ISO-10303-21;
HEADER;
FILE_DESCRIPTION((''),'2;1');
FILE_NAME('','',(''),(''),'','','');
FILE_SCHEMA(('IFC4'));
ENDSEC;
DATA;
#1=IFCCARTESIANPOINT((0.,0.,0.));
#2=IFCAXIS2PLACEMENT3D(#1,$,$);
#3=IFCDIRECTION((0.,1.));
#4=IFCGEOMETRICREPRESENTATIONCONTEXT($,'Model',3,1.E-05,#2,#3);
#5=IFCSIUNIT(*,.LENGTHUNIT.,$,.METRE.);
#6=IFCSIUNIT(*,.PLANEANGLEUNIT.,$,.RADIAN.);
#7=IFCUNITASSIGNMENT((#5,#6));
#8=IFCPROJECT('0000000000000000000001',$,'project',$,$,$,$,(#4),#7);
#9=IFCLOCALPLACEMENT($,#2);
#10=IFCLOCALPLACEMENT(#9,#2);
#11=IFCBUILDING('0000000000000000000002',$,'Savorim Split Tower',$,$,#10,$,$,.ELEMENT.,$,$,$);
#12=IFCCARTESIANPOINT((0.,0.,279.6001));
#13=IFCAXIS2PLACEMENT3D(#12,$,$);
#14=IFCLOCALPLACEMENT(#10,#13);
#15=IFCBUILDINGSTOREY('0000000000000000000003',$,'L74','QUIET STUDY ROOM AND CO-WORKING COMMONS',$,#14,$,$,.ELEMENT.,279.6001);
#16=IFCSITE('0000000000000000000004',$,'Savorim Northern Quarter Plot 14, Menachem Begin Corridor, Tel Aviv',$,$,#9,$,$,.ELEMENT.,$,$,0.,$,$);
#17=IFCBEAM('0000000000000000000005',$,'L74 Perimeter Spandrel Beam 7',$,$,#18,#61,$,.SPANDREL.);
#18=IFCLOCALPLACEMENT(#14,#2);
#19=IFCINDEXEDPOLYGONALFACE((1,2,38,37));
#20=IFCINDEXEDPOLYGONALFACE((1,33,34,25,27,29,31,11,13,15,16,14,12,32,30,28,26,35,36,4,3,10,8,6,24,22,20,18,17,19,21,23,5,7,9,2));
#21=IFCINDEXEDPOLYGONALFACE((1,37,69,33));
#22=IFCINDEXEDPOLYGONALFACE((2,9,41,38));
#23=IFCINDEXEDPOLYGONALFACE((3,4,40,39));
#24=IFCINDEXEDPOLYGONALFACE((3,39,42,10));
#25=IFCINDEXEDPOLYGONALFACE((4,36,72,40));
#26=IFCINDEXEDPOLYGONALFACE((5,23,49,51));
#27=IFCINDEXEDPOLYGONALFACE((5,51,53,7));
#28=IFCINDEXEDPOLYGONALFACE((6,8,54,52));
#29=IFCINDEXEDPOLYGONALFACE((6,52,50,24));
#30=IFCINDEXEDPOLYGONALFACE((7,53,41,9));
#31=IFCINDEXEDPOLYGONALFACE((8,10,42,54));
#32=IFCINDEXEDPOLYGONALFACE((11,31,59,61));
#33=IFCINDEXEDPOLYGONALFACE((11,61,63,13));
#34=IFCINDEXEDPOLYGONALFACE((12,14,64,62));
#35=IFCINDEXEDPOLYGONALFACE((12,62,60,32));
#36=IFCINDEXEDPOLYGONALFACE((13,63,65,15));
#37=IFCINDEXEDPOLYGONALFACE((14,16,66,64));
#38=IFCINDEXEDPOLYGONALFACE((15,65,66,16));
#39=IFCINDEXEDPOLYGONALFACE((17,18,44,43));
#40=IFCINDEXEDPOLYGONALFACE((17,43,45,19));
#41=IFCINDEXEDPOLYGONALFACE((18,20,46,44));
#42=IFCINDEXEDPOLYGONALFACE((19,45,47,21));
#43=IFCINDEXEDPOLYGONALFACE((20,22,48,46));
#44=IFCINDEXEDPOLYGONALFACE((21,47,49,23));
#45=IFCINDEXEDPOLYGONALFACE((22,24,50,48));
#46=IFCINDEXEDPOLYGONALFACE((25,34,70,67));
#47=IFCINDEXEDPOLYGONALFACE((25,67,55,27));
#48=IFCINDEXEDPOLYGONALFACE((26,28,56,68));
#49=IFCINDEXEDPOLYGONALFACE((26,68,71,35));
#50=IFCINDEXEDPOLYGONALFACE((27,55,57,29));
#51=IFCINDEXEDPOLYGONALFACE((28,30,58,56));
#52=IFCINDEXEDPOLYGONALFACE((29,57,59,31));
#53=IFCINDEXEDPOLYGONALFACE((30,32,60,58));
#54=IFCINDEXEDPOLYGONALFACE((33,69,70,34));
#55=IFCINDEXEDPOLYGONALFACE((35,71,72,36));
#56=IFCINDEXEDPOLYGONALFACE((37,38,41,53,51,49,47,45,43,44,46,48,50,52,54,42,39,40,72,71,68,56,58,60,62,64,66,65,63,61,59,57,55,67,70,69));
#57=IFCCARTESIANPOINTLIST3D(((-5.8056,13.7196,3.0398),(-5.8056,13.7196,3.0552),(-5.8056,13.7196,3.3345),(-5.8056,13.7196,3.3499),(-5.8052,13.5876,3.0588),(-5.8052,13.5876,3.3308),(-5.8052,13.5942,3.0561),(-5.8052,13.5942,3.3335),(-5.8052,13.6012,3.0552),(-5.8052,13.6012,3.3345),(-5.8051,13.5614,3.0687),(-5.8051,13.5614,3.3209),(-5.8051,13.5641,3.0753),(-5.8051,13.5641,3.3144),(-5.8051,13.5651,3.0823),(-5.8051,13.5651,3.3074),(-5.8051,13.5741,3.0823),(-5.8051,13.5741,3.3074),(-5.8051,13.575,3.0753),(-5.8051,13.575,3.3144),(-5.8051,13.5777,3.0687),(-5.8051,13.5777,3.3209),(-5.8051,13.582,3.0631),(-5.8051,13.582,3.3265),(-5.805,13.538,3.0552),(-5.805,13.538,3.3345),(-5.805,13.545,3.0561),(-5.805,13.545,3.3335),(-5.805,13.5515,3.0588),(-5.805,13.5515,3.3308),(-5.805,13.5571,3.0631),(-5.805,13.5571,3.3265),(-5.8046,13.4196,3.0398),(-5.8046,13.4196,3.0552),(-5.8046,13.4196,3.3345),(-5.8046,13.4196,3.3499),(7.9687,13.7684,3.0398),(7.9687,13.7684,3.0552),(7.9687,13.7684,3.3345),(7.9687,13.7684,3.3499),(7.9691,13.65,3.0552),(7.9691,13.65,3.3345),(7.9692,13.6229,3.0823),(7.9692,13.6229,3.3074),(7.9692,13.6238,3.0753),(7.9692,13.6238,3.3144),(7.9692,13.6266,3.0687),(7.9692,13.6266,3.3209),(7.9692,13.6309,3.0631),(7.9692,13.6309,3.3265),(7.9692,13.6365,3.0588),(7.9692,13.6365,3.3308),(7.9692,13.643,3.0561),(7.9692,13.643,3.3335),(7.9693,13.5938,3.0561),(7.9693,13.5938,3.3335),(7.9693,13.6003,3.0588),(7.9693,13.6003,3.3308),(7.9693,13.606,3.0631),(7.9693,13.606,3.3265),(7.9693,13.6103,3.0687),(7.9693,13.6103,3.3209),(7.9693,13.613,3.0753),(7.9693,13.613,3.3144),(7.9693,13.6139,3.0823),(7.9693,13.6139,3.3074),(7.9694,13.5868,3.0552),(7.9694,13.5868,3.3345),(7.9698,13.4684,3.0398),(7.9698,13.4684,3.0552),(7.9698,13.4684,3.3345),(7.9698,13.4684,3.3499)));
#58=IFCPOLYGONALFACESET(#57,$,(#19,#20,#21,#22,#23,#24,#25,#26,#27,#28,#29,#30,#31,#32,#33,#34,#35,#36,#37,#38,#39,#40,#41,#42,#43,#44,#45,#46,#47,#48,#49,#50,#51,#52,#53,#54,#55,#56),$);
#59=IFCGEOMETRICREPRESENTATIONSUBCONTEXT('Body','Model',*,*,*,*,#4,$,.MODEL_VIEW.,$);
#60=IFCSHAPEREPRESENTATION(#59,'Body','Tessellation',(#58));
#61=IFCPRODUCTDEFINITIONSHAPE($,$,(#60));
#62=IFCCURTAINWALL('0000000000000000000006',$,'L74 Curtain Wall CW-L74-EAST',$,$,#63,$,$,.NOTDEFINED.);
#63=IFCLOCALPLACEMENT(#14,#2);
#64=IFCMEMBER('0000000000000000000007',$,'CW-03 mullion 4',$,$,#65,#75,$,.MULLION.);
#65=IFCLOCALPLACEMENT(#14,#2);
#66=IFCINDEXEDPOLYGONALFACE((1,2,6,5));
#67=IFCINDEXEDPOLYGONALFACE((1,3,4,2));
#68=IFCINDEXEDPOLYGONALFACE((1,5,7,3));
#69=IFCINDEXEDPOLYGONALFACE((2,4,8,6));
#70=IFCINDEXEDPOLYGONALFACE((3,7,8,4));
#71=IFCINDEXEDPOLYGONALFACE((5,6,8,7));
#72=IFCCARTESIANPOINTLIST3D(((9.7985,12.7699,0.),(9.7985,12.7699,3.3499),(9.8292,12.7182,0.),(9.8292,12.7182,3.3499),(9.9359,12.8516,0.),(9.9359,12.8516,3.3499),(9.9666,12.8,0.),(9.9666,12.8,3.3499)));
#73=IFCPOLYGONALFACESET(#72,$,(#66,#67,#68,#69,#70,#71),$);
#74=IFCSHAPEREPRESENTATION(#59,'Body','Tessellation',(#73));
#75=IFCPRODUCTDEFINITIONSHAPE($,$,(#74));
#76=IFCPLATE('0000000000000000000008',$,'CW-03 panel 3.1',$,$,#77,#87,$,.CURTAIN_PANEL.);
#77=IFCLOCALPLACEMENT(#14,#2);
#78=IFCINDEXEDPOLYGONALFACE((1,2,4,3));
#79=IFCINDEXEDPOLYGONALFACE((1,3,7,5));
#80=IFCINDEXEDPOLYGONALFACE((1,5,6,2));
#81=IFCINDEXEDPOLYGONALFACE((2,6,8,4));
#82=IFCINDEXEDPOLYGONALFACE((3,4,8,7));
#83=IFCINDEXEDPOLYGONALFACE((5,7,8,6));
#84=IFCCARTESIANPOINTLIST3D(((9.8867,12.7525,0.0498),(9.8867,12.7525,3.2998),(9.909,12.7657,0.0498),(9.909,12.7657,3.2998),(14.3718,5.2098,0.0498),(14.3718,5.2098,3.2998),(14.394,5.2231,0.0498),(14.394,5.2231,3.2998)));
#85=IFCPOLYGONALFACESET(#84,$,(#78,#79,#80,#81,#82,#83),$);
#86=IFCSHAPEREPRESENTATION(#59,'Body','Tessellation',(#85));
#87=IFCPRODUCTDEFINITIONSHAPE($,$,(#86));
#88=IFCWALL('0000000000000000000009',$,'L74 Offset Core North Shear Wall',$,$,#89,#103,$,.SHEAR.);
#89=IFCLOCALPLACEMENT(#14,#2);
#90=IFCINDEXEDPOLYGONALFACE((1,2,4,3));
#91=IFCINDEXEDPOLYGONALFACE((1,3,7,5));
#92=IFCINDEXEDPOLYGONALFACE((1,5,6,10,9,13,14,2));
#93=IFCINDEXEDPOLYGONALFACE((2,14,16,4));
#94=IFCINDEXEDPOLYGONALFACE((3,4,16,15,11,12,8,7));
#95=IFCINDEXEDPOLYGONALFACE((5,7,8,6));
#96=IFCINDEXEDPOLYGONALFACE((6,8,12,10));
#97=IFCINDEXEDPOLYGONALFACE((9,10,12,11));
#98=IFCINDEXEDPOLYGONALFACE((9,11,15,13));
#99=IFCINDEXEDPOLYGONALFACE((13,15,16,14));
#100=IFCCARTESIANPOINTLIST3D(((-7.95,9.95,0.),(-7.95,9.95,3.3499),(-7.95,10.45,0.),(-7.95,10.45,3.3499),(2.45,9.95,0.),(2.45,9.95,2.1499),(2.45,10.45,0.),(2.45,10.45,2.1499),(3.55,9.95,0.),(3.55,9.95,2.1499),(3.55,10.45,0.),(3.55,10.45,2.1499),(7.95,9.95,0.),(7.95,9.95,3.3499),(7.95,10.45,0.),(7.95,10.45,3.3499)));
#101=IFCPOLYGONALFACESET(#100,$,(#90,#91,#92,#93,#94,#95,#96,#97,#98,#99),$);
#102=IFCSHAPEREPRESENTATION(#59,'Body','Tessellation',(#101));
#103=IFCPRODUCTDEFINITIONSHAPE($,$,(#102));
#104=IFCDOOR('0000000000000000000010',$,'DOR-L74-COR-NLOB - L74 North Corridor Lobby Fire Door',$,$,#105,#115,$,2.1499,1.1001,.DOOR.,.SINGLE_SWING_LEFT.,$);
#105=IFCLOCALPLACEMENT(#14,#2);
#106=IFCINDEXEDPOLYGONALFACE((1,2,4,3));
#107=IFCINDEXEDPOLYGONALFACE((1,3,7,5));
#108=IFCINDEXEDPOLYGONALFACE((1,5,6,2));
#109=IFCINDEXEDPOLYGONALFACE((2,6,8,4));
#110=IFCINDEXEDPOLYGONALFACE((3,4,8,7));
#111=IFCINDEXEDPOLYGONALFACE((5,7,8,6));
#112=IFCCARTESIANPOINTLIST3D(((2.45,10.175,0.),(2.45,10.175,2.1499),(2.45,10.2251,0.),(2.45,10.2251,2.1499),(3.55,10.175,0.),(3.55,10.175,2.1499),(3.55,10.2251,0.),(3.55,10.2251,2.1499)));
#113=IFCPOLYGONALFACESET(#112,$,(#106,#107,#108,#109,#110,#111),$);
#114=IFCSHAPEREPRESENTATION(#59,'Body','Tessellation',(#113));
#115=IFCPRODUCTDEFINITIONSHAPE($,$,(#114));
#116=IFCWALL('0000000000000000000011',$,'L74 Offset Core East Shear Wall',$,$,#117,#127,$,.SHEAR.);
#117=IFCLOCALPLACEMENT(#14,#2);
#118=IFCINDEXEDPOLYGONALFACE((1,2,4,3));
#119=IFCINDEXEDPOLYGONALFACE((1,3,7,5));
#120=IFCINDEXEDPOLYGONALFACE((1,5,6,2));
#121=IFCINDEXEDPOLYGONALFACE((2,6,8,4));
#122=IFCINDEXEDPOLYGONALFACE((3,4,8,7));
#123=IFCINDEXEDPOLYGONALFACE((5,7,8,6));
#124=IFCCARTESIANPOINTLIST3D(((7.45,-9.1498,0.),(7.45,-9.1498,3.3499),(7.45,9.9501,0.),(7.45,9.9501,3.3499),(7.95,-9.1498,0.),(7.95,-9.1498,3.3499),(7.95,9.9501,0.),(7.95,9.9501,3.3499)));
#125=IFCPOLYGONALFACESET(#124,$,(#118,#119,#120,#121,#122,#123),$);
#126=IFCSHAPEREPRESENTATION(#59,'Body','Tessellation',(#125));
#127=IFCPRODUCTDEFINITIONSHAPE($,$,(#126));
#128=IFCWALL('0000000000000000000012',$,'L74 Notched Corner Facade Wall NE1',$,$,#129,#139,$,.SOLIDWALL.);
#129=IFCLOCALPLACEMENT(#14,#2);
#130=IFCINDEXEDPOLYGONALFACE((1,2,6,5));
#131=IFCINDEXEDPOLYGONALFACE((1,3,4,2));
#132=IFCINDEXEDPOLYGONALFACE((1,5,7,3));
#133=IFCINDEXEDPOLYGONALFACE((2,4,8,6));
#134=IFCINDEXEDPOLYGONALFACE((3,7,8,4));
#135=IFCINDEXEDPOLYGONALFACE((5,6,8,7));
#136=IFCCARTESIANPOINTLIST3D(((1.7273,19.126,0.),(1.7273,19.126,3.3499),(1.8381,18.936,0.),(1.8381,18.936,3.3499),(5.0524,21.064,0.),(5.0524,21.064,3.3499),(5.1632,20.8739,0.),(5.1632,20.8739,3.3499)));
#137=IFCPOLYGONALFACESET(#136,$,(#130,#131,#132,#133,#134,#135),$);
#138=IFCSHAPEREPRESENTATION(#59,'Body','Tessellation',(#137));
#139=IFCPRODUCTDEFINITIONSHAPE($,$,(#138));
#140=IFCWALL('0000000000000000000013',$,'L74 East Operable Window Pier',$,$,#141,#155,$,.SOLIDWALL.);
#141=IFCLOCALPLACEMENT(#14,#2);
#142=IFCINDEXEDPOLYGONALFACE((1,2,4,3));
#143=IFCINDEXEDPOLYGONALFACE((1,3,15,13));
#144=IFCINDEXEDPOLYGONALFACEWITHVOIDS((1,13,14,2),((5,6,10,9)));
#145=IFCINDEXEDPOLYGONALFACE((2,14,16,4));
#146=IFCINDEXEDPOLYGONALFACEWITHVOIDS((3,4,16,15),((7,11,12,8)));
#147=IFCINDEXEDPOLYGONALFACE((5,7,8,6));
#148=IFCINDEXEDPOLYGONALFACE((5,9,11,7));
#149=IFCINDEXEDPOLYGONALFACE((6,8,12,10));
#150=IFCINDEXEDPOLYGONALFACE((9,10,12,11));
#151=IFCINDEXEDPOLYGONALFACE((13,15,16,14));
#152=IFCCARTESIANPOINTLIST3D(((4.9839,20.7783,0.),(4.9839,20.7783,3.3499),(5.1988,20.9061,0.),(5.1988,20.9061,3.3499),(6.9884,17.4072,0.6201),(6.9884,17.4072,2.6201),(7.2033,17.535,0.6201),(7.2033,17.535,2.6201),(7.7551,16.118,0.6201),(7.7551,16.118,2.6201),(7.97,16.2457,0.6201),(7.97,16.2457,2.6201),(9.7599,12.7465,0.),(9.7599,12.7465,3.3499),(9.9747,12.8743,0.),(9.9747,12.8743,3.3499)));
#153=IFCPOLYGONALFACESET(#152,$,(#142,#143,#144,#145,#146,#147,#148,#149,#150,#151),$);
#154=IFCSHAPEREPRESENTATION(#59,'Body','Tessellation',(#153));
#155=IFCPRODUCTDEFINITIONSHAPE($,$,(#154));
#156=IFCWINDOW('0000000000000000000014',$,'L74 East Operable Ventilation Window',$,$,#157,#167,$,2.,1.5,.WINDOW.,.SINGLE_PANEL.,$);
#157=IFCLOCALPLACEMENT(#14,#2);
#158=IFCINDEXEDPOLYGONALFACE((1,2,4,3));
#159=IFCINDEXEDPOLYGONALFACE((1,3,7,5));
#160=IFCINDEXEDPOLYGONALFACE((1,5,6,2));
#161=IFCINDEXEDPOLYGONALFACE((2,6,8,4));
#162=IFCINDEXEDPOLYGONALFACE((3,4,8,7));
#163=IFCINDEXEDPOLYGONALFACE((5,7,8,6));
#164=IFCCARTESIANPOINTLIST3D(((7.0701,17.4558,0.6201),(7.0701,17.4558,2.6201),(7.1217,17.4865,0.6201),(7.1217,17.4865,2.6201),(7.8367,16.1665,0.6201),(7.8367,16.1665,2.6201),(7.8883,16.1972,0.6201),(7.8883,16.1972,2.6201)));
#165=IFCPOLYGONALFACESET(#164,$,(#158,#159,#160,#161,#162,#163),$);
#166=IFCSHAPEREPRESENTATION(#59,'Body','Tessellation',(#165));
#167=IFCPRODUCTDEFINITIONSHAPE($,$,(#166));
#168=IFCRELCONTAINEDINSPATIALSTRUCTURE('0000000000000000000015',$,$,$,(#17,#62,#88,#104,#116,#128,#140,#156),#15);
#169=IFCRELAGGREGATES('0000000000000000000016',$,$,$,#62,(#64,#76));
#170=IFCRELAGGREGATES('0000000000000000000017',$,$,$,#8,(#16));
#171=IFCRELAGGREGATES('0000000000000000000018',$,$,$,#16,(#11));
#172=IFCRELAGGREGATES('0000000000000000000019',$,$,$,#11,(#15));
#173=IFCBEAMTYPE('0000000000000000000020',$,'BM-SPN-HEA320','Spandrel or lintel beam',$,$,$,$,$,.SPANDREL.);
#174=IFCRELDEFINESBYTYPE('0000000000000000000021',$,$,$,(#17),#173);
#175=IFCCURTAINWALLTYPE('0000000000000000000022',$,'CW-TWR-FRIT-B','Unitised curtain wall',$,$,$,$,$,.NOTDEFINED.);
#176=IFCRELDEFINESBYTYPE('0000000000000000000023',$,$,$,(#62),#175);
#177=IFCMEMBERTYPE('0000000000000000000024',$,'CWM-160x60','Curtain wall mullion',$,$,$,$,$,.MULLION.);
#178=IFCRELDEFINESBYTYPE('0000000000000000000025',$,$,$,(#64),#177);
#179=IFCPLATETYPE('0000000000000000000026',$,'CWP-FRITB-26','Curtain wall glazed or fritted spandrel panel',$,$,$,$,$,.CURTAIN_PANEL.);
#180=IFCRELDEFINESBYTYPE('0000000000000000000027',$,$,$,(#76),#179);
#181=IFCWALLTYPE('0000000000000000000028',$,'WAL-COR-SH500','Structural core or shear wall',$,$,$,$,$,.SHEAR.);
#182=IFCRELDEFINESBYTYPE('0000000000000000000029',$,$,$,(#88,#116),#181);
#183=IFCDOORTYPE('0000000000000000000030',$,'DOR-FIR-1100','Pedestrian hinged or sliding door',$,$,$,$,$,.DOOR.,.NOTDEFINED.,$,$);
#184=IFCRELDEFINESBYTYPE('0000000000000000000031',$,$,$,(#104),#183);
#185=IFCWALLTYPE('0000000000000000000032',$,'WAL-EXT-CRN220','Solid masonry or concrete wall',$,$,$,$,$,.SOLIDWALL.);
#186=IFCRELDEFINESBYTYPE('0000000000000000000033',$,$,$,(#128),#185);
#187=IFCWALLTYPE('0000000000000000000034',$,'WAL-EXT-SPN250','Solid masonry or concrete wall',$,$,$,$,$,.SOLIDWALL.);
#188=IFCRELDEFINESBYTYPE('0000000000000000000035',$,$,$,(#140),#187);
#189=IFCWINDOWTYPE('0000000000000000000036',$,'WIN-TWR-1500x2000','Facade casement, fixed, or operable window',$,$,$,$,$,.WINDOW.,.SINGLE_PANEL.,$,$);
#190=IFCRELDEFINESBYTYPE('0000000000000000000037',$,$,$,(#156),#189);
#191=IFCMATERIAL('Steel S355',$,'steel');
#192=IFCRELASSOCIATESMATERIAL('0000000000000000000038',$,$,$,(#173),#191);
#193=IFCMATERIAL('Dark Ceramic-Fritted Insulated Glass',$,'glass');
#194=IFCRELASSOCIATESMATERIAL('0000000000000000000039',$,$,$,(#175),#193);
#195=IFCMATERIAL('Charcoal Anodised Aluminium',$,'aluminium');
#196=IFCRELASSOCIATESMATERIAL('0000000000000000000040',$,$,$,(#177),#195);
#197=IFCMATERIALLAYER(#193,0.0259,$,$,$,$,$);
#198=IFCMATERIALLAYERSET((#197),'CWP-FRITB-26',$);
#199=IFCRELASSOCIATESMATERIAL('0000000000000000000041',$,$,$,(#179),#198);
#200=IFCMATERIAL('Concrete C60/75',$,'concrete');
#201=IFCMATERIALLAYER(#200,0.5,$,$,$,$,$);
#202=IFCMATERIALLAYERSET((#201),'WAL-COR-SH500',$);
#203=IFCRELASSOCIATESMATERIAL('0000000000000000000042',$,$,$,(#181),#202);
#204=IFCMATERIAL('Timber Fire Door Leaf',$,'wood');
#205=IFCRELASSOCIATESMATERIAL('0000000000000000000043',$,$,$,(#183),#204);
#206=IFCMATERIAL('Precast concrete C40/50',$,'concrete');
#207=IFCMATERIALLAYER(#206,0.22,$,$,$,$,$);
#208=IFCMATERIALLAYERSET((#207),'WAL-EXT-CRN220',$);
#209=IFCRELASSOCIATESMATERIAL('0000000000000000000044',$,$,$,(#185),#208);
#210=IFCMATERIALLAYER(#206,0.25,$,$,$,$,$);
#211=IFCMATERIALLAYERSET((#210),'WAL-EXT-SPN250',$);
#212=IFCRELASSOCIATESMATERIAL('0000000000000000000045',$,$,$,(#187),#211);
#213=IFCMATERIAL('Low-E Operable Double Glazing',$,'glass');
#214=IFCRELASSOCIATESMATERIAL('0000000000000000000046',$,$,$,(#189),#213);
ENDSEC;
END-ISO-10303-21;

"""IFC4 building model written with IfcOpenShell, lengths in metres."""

from ifc_helpers import new_model, si_unit, direction, frame, frame_2d, origin, origin_2d, place, context, subcontext, project, spatial, rectangle, i_section, extrude, material, layer, layer_set, material_profile, profile_set, type_object, element, fill, aggregate, save


model = new_model("IFC4")

# Units and contexts
model_context = context("Model", 3, precision=1e-05, world=origin(), true_north=direction((0.0, 1.0)))
body_context = subcontext(model_context, "Body", "Model", "MODEL_VIEW")
ifc_project = project(units=[si_unit("LENGTHUNIT", "METRE"), si_unit("PLANEANGLEUNIT", "RADIAN")], contexts=[model_context])

# Site, building, storey
site_placement = place(None, origin())
site = spatial("IfcSite", under=ifc_project, at=site_placement, Name="Savorim Northern Quarter Plot 14, Menachem Begin Corridor, Tel Aviv", CompositionType="ELEMENT", RefElevation=0.0)
building_placement = place(site_placement, origin())
building = spatial("IfcBuilding", under=site, at=building_placement, Name="Savorim Split Tower", CompositionType="ELEMENT")
storey_placement = place(building_placement, frame((0.0, 0.0, 279.6001)))
storey = spatial("IfcBuildingStorey", under=building, at=storey_placement, Name="L74", Description="QUIET STUDY ROOM AND CO-WORKING COMMONS", CompositionType="ELEMENT", Elevation=279.6001)

# Shared definitions
ifc_material_1 = material(Name="Steel S355", Category="steel")

# Beam
ifc_material_profile_1 = material_profile(ifc_material_1, i_section(OverallWidth=0.3, OverallDepth=0.3101, WebThickness=0.009, FlangeThickness=0.0154, FilletRadius=0.0271, at=origin_2d()), Name="HEA 320")
ifc_profile_set_1 = profile_set([ifc_material_profile_1], Name="Steel S355")
beam_type_1 = type_object("IfcBeamType", Name="BM-SPN-HEA320", Description="Spandrel or lintel beam", PredefinedType="SPANDREL", material=ifc_profile_set_1)
beam_1_placement = place(storey_placement, frame((7.9692, 13.6184, 3.1948), z_axis=(-0.999994, -0.003545, 0.0), x_axis=(0.003545, -0.999994, 0.0)))
element("IfcBeam", 1, at=beam_1_placement, inside=storey, type_object=beam_type_1, Name="L74 Perimeter Spandrel Beam 7", PredefinedType="SPANDREL", context=body_context, shape_type="SweptSolid", body=[
    extrude(i_section(OverallWidth=0.3, OverallDepth=0.3101, WebThickness=0.009, FlangeThickness=0.0154, FilletRadius=0.0271, at=origin_2d()), origin(), (0.0, 0.0, 1.0), 13.7744),
])

# Curtain wall, member, plate
ifc_material_2 = material(Name="Dark Ceramic-Fritted Insulated Glass", Category="glass")
curtain_wall_type = type_object("IfcCurtainWallType", Name="CW-TWR-FRIT-B", Description="Unitised curtain wall", PredefinedType="NOTDEFINED", material=ifc_material_2)
curtain_wall_placement = place(storey_placement, origin())
curtain_wall = element("IfcCurtainWall", 2, at=curtain_wall_placement, inside=storey, type_object=curtain_wall_type, Name="L74 Curtain Wall CW-L74-EAST", PredefinedType="NOTDEFINED")
ifc_material_3 = material(Name="Charcoal Anodised Aluminium", Category="aluminium")
ifc_material_profile_2 = material_profile(ifc_material_3, rectangle(XDim=0.1599, YDim=0.0601, at=origin_2d()), Name="ALU-M 160x60")
ifc_profile_set_2 = profile_set([ifc_material_profile_2], Name="Charcoal Anodised Aluminium")
member_type = type_object("IfcMemberType", Name="CWM-160x60", Description="Curtain wall mullion", PredefinedType="MULLION", material=ifc_profile_set_2)
member_placement = place(storey_placement, frame((9.8826, 12.7849, 0.0), z_axis=(0.0, 0.0, 1.0), x_axis=(-0.859526, -0.511092, 0.0)))
member = element("IfcMember", 3, at=member_placement, type_object=member_type, Name="CW-03 mullion 4", PredefinedType="MULLION", context=body_context, shape_type="SweptSolid", body=[
    extrude(rectangle(XDim=0.1599, YDim=0.0601, at=origin_2d()), origin(), (0.0, 0.0, 1.0), 3.3499),
])
ifc_layer_1 = layer(ifc_material_2, 0.0259)
ifc_layer_set_1 = layer_set([ifc_layer_1], Name="CWP-FRITB-26")
plate_type = type_object("IfcPlateType", Name="CWP-FRITB-26", Description="Curtain wall glazed or fritted spandrel panel", PredefinedType="CURTAIN_PANEL", material=ifc_layer_set_1)
plate_placement = place(storey_placement, frame((12.1404, 8.9878, 0.0498), z_axis=(0.0, 0.0, 1.0), x_axis=(-0.511092, 0.859526, 0.0)))
plate = element("IfcPlate", 4, at=plate_placement, type_object=plate_type, Name="CW-03 panel 3.1", PredefinedType="CURTAIN_PANEL", context=body_context, shape_type="SweptSolid", body=[
    extrude(rectangle(XDim=8.7754, YDim=0.0259, at=origin_2d()), origin(), (0.0, 0.0, 1.0), 3.25),
])
aggregate(curtain_wall, [member, plate])

# Wall, opening, door
ifc_material_4 = material(Name="Concrete C60/75", Category="concrete")
ifc_layer_2 = layer(ifc_material_4, 0.5)
ifc_layer_set_2 = layer_set([ifc_layer_2], Name="WAL-COR-SH500")
wall_type_1 = type_object("IfcWallType", Name="WAL-COR-SH500", Description="Structural core or shear wall", PredefinedType="SHEAR", material=ifc_layer_set_2)
wall_1_placement = place(storey_placement, frame((7.95, 10.2, 0.0), z_axis=(0.0, 0.0, 1.0), x_axis=(-1.0, 0.0, 0.0)))
wall_1 = element("IfcWall", 5, at=wall_1_placement, inside=storey, type_object=wall_type_1, Name="L74 Offset Core North Shear Wall", PredefinedType="SHEAR", context=body_context, shape_type="SweptSolid", body=[
    extrude(rectangle(XDim=15.8999, YDim=0.5, at=frame_2d((7.95, 0.0))), origin(), (0.0, 0.0, 1.0), 3.3499),
])
opening_1_placement = place(wall_1_placement, frame((4.3999, 0.0, 0.0)))
opening_1 = element("IfcOpeningElement", 6, at=opening_1_placement, cuts=wall_1, PredefinedType="OPENING", context=body_context, shape_type="SweptSolid", body=[
    extrude(rectangle(XDim=1.1001, YDim=2.1499, at=frame_2d((0.55, 1.075))), frame((0.0, 0.26, 0.0), z_axis=(0.0, -1.0, 0.0), x_axis=(1.0, 0.0, 0.0)), (0.0, 0.0, 1.0), 0.52),
])
ifc_material_5 = material(Name="Timber Fire Door Leaf", Category="wood")
door_type_1 = type_object("IfcDoorType", Name="DOR-FIR-1100", Description="Pedestrian hinged or sliding door", OperationType="NOTDEFINED", PredefinedType="DOOR", material=ifc_material_5)
door_1_placement = place(opening_1_placement, origin())
door_1 = element("IfcDoor", 7, at=door_1_placement, inside=storey, type_object=door_type_1, Name="DOR-L74-COR-NLOB - L74 North Corridor Lobby Fire Door", OperationType="SINGLE_SWING_LEFT", OverallHeight=2.1499, OverallWidth=1.1001, PredefinedType="DOOR", context=body_context, shape_type="SweptSolid", body=[
    extrude(rectangle(XDim=1.1001, YDim=2.1499, at=frame_2d((0.55, 1.075))), frame((0.0, 0.0249, 0.0), z_axis=(0.0, -1.0, 0.0), x_axis=(1.0, 0.0, 0.0)), (0.0, 0.0, 1.0), 0.05),
])
fill(opening_1, door_1)

# Walls
wall_2_placement = place(storey_placement, frame((7.7, 9.95, 0.0), z_axis=(0.0, 0.0, 1.0), x_axis=(0.0, -1.0, 0.0)))
element("IfcWall", 8, at=wall_2_placement, inside=storey, type_object=wall_type_1, Name="L74 Offset Core East Shear Wall", PredefinedType="SHEAR", context=body_context, shape_type="SweptSolid", body=[
    extrude(rectangle(XDim=19.0999, YDim=0.5, at=frame_2d((9.5498, 0.0))), origin(), (0.0, 0.0, 1.0), 3.3499),
])
ifc_material_6 = material(Name="Precast concrete C40/50", Category="concrete")
ifc_layer_3 = layer(ifc_material_6, 0.22)
ifc_layer_set_3 = layer_set([ifc_layer_3], Name="WAL-EXT-CRN220")
wall_type_2 = type_object("IfcWallType", Name="WAL-EXT-CRN220", Description="Solid masonry or concrete wall", PredefinedType="SOLIDWALL", material=ifc_layer_set_3)
wall_3_placement = place(storey_placement, frame((1.7827, 19.031, 0.0), z_axis=(0.0, 0.0, 1.0), x_axis=(0.863972, 0.50354, 0.0)))
element("IfcWall", 9, at=wall_3_placement, inside=storey, type_object=wall_type_2, Name="L74 Notched Corner Facade Wall NE1", PredefinedType="SOLIDWALL", context=body_context, shape_type="SweptSolid", body=[
    extrude(rectangle(XDim=3.8486, YDim=0.22, at=frame_2d((1.9243, 0.0))), origin(), (0.0, 0.0, 1.0), 3.3499),
])

# Wall, opening, window
ifc_layer_4 = layer(ifc_material_6, 0.25)
ifc_layer_set_4 = layer_set([ifc_layer_4], Name="WAL-EXT-SPN250")
wall_type_3 = type_object("IfcWallType", Name="WAL-EXT-SPN250", Description="Solid masonry or concrete wall", PredefinedType="SOLIDWALL", material=ifc_layer_set_4)
wall_4_placement = place(storey_placement, frame((5.0913, 20.8423, 0.0), z_axis=(0.0, 0.0, 1.0), x_axis=(0.511095, -0.859524, 0.0)))
wall_4 = element("IfcWall", 10, at=wall_4_placement, inside=storey, type_object=wall_type_3, Name="L74 East Operable Window Pier", PredefinedType="SOLIDWALL", context=body_context, shape_type="SweptSolid", body=[
    extrude(rectangle(XDim=9.3445, YDim=0.25, at=frame_2d((4.6724, 0.0))), origin(), (0.0, 0.0, 1.0), 3.3499),
])
opening_2_placement = place(wall_4_placement, frame((3.9221, 0.0, 0.6201)))
opening_2 = element("IfcOpeningElement", 11, at=opening_2_placement, cuts=wall_4, PredefinedType="OPENING", context=body_context, shape_type="SweptSolid", body=[
    extrude(rectangle(XDim=1.5, YDim=2.0, at=frame_2d((0.75, 1.0))), frame((0.0, 0.135, 0.0), z_axis=(0.0, -1.0, 0.0), x_axis=(1.0, 0.0, 0.0)), (0.0, 0.0, 1.0), 0.27),
])
ifc_material_7 = material(Name="Low-E Operable Double Glazing", Category="glass")
window_type = type_object("IfcWindowType", Name="WIN-TWR-1500x2000", Description="Facade casement, fixed, or operable window", PartitioningType="SINGLE_PANEL", PredefinedType="WINDOW", material=ifc_material_7)
window_placement = place(opening_2_placement, origin())
window = element("IfcWindow", 12, at=window_placement, inside=storey, type_object=window_type, Name="L74 East Operable Ventilation Window", OverallHeight=2.0, OverallWidth=1.5, PartitioningType="SINGLE_PANEL", PredefinedType="WINDOW", context=body_context, shape_type="SweptSolid", body=[
    extrude(rectangle(XDim=1.5, YDim=2.0, at=frame_2d((0.75, 1.0))), frame((0.0, 0.03, 0.0), z_axis=(0.0, -1.0, 0.0), x_axis=(1.0, 0.0, 0.0)), (0.0, 0.0, 1.0), 0.0601),
])
fill(opening_2, window)

save(model, "model.ifc")
